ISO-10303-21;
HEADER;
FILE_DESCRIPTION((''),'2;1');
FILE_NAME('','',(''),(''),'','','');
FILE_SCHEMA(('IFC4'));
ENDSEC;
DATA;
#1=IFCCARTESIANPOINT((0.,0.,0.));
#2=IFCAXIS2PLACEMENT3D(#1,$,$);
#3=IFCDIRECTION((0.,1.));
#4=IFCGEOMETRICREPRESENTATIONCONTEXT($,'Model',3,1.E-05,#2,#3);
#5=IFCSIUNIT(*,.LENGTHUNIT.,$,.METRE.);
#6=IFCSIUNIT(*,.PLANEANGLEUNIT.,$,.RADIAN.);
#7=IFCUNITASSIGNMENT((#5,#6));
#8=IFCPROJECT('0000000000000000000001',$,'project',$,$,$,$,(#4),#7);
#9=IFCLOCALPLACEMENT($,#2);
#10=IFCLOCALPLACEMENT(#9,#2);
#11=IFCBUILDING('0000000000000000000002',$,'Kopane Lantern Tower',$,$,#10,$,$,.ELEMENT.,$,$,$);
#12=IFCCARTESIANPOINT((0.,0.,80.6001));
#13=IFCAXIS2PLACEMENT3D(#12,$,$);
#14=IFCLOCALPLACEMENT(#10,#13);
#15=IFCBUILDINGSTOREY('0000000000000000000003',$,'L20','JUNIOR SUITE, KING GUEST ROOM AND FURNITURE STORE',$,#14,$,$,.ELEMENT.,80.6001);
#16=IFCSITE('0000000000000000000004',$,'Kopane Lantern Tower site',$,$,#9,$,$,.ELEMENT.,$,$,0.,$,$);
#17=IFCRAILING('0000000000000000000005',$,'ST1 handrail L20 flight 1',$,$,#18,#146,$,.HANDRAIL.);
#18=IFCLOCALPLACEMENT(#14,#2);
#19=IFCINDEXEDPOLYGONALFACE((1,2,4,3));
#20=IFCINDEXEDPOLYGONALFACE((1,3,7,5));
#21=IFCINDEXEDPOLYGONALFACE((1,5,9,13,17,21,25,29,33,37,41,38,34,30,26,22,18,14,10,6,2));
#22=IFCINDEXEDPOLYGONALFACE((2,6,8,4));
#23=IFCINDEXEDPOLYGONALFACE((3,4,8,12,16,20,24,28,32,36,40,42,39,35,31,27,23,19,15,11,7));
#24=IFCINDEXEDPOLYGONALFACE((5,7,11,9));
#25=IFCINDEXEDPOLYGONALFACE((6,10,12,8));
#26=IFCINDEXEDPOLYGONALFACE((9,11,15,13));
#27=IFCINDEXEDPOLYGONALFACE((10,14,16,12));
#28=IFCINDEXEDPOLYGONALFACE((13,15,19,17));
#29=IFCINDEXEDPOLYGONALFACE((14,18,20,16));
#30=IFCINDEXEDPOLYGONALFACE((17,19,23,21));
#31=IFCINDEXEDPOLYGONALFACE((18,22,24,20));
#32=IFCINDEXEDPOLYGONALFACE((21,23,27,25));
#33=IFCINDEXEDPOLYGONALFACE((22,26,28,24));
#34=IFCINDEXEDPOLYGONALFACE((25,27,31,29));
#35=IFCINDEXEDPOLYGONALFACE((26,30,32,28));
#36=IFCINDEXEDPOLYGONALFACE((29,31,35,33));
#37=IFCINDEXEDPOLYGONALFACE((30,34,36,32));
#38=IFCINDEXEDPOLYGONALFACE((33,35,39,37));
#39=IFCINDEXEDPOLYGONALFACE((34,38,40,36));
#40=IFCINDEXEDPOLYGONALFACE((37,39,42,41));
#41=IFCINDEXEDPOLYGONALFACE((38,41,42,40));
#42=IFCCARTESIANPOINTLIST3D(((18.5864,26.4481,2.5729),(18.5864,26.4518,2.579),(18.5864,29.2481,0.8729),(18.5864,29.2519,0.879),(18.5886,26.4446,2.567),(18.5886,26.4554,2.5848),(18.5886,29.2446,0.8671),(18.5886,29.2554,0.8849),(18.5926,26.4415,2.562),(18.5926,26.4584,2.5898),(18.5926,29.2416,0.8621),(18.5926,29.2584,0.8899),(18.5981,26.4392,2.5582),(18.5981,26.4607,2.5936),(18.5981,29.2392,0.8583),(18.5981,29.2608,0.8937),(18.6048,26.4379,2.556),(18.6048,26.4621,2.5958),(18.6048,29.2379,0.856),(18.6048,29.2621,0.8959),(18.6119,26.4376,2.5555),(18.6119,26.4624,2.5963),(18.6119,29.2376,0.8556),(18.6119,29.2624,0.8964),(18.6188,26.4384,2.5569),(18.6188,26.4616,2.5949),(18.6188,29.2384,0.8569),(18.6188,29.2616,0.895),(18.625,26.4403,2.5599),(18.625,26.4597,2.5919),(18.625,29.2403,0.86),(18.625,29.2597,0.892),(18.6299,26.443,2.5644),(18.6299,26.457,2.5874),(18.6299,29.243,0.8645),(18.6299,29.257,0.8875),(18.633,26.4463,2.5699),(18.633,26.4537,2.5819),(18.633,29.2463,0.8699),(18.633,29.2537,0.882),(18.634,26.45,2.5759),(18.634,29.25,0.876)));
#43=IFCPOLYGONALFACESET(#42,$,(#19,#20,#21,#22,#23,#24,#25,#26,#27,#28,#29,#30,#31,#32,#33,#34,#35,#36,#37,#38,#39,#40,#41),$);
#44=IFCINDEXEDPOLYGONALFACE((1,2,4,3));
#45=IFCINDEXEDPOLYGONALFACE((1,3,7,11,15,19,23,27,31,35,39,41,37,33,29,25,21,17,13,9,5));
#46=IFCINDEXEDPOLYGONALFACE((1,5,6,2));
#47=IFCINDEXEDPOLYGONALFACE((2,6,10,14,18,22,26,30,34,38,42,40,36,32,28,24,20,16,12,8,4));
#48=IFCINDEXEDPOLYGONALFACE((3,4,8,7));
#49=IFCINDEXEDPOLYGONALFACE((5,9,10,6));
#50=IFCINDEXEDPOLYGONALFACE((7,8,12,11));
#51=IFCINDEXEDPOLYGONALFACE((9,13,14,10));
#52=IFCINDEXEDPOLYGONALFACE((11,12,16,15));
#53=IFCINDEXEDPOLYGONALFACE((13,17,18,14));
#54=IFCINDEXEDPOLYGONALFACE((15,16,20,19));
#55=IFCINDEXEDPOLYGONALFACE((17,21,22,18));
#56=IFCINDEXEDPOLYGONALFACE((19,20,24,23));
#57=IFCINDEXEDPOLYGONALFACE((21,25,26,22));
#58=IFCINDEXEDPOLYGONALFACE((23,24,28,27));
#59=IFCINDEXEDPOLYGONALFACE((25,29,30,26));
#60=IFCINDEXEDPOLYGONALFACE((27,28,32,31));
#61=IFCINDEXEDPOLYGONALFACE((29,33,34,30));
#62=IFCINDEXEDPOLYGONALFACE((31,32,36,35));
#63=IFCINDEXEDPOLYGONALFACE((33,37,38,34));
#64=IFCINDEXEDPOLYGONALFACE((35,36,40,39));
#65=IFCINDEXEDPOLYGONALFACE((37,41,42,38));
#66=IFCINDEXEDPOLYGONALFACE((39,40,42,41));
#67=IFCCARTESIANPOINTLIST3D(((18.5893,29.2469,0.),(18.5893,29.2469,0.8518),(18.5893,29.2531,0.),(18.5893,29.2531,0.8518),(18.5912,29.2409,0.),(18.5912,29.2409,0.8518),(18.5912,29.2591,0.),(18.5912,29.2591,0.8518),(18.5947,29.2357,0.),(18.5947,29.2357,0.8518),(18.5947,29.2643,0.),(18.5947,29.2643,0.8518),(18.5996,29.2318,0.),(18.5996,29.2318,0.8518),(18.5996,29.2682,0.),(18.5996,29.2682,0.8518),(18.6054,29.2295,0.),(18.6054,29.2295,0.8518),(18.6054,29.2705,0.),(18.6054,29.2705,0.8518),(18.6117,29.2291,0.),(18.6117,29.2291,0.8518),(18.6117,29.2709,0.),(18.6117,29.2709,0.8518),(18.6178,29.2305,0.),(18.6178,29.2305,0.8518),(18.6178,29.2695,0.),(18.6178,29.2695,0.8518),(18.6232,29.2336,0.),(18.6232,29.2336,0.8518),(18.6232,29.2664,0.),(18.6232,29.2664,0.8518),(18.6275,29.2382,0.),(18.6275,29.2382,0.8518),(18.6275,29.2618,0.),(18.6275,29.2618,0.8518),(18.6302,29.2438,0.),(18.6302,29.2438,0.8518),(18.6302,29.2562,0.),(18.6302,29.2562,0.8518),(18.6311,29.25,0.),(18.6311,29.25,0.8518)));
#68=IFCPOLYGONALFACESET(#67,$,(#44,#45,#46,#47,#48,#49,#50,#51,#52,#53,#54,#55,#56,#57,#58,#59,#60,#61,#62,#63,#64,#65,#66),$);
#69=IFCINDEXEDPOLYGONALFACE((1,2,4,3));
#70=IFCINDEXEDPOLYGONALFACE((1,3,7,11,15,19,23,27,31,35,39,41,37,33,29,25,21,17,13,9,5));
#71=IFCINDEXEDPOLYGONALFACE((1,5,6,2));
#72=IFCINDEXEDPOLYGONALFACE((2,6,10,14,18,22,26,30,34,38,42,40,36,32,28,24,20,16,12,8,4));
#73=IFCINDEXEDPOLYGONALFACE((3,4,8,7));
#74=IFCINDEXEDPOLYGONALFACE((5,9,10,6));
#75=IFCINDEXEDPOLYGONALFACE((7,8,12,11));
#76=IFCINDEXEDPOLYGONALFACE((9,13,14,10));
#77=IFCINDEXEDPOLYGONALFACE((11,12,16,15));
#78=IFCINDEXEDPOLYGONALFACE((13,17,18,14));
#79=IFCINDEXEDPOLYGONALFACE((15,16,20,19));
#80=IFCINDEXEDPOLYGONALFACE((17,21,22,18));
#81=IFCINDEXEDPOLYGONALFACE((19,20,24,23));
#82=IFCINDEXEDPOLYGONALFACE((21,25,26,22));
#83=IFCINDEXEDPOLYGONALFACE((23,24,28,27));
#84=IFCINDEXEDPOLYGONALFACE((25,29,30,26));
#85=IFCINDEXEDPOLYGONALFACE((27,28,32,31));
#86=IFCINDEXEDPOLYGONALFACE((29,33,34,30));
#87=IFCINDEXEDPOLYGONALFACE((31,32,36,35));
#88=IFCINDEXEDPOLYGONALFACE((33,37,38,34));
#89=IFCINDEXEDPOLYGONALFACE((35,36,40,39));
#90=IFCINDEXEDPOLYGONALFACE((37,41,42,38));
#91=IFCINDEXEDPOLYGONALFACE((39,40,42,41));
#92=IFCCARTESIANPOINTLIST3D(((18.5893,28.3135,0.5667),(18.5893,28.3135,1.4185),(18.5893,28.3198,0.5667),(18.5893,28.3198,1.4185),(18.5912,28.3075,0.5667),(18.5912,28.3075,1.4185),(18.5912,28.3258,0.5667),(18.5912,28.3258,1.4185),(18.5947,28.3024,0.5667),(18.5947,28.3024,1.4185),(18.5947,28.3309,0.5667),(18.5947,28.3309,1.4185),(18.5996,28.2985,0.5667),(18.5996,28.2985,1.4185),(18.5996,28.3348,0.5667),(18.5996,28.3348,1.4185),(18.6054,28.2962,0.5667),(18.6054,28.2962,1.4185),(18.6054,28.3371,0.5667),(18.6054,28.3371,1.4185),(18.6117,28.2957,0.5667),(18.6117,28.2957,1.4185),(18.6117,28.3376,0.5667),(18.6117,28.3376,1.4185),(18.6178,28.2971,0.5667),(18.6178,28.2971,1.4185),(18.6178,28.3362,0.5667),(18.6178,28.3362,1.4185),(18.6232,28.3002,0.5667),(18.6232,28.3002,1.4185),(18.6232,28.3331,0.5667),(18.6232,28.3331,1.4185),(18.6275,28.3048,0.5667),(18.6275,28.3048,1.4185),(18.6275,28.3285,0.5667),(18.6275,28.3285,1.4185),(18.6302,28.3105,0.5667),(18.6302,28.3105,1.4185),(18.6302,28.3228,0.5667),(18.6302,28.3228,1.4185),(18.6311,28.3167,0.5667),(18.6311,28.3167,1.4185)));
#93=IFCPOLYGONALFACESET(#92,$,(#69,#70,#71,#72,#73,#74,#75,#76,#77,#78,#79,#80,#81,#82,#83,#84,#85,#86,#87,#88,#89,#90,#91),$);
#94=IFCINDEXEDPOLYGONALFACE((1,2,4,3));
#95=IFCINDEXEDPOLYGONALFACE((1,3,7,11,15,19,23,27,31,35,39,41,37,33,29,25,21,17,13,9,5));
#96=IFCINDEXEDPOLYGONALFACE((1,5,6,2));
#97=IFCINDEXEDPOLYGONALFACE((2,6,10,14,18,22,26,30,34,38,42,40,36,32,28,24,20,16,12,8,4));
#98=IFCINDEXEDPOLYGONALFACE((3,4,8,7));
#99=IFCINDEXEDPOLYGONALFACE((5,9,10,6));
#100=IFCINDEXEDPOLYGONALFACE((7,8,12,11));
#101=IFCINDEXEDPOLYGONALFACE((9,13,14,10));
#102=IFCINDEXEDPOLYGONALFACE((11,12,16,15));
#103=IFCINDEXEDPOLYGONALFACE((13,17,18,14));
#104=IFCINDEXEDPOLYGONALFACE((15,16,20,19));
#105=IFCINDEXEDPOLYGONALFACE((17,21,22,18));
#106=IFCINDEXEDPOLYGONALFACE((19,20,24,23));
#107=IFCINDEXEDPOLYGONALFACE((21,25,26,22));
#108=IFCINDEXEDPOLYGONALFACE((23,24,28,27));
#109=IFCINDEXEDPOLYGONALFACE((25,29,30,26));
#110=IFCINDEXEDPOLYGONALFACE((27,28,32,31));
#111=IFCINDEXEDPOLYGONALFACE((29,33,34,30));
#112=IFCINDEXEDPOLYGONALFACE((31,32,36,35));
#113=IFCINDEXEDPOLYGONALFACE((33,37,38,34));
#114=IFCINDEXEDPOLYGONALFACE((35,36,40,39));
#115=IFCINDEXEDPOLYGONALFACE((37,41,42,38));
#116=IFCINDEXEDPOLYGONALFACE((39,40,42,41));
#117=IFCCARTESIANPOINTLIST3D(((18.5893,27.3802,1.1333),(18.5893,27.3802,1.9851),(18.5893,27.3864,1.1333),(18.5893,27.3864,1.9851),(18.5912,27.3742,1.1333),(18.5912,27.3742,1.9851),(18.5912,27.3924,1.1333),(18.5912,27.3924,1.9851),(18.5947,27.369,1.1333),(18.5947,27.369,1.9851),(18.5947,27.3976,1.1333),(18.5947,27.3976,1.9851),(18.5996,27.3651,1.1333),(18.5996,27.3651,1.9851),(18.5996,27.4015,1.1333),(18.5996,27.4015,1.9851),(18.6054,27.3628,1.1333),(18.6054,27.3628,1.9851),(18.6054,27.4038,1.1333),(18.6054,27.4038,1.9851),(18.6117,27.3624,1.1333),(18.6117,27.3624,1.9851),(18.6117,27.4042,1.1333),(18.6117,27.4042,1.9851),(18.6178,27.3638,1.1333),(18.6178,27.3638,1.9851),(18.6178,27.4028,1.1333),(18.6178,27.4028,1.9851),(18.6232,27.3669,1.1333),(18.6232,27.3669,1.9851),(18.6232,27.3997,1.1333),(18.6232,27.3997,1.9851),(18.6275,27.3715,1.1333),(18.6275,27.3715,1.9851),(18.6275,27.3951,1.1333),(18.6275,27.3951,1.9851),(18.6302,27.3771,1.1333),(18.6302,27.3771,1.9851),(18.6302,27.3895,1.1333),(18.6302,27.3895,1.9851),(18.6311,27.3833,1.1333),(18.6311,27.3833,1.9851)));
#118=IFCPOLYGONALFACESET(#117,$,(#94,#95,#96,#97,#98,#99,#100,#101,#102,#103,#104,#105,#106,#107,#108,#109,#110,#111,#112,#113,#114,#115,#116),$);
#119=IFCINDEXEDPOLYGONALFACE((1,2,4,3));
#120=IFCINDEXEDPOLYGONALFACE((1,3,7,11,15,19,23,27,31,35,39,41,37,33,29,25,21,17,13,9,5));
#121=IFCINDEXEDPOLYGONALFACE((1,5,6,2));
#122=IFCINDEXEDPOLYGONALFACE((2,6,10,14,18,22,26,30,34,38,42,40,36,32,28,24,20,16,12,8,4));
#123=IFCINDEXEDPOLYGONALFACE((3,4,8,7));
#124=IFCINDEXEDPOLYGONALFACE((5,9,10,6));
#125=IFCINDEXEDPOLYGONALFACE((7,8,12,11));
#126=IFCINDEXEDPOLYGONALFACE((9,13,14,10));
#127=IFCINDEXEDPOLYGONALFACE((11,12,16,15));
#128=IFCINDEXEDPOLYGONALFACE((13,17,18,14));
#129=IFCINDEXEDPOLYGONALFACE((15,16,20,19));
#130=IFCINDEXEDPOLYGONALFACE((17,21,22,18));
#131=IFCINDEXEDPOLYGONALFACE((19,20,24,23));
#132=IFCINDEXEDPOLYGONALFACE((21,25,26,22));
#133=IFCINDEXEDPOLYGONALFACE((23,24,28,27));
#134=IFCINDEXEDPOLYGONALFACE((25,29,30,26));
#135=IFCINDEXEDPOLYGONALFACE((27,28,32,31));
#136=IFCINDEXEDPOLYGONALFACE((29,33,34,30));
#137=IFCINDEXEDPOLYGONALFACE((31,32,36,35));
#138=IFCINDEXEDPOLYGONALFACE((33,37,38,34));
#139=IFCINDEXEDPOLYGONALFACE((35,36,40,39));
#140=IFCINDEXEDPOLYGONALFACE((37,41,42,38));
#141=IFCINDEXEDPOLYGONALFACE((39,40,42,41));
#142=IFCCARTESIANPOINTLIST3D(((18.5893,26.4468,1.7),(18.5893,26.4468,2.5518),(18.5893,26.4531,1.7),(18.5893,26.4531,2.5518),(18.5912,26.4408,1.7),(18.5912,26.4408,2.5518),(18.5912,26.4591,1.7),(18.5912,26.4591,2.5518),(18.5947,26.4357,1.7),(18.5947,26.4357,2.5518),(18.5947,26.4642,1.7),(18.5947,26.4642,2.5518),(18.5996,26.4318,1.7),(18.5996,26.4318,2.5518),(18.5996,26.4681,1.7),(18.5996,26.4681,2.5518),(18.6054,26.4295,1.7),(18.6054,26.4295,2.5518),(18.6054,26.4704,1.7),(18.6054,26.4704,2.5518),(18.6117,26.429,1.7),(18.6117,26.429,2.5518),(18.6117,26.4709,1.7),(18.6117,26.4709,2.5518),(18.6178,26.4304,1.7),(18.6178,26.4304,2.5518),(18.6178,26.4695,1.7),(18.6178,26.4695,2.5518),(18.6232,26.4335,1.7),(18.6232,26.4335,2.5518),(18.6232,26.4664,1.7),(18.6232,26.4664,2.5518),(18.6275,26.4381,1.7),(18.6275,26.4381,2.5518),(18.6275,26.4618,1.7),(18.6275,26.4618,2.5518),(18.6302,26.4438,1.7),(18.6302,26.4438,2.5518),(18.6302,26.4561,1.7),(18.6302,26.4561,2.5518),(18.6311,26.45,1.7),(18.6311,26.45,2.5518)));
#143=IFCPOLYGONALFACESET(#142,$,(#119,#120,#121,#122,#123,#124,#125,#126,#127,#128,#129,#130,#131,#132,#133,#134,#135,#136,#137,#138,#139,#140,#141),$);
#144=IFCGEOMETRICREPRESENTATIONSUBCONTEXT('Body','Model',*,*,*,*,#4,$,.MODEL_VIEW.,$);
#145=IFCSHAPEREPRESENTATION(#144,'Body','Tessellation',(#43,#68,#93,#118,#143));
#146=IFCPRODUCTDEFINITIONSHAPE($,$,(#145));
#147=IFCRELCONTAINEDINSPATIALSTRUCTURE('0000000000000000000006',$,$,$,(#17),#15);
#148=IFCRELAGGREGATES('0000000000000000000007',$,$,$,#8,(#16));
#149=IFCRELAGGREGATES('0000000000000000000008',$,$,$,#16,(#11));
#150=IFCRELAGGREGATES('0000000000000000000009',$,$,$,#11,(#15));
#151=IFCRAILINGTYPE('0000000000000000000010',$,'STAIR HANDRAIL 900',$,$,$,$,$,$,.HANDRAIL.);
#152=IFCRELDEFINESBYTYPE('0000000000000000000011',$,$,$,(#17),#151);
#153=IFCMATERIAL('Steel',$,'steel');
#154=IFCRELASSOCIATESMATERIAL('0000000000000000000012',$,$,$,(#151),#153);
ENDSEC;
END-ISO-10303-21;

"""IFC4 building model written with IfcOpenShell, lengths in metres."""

from ifc_helpers import new_model, si_unit, direction, frame, origin, origin_2d, place, context, subcontext, project, spatial, circle, extrude, material, type_object, element, save


model = new_model("IFC4")

# Units and contexts
model_context = context("Model", 3, precision=1e-05, world=origin(), true_north=direction((0.0, 1.0)))
body_context = subcontext(model_context, "Body", "Model", "MODEL_VIEW")
ifc_project = project(units=[si_unit("LENGTHUNIT", "METRE"), si_unit("PLANEANGLEUNIT", "RADIAN")], contexts=[model_context])

# Site, building, storey
site_placement = place(None, origin())
site = spatial("IfcSite", under=ifc_project, at=site_placement, Name="Kopane Lantern Tower site", CompositionType="ELEMENT", RefElevation=0.0)
building_placement = place(site_placement, origin())
building = spatial("IfcBuilding", under=site, at=building_placement, Name="Kopane Lantern Tower", CompositionType="ELEMENT")
storey_placement = place(building_placement, frame((0.0, 0.0, 80.6001)))
storey = spatial("IfcBuildingStorey", under=building, at=storey_placement, Name="L20", Description="JUNIOR SUITE, KING GUEST ROOM AND FURNITURE STORE", CompositionType="ELEMENT", Elevation=80.6001)

# Railing
ifc_material_1 = material(Name="Steel", Category="steel")
railing_type_1 = type_object("IfcRailingType", Name="STAIR HANDRAIL 900", PredefinedType="HANDRAIL", material=ifc_material_1)
for number, where, name in (
    (1, (18.6101, 29.25, 0.0), "ST1 handrail L20 flight 1"),
):
    element("IfcRailing", number, at=place(storey_placement, frame(where)), inside=storey, type_object=railing_type_1, Name=name, PredefinedType="HANDRAIL", context=body_context, shape_type="SweptSolid", body=[
        extrude(circle(Radius=0.0239, at=origin_2d()), frame((0.0, 0.0, 0.876), z_axis=(0.0, -0.854798, 0.518961), x_axis=(1.0, 0.0, 0.0)), (0.0, 0.0, 1.0), 3.2756),
        extrude(circle(Radius=0.021, at=origin_2d()), origin(), (0.0, 0.0, 1.0), 0.8518),
        extrude(circle(Radius=0.021, at=origin_2d()), frame((0.0, -0.9333, 0.5667)), (0.0, 0.0, 1.0), 0.8518),
        extrude(circle(Radius=0.021, at=origin_2d()), frame((0.0, -1.8667, 1.1333)), (0.0, 0.0, 1.0), 0.8518),
        extrude(circle(Radius=0.021, at=origin_2d()), frame((0.0, -2.8, 1.7)), (0.0, 0.0, 1.0), 0.8518),
    ])

save(model, "model.ifc")
